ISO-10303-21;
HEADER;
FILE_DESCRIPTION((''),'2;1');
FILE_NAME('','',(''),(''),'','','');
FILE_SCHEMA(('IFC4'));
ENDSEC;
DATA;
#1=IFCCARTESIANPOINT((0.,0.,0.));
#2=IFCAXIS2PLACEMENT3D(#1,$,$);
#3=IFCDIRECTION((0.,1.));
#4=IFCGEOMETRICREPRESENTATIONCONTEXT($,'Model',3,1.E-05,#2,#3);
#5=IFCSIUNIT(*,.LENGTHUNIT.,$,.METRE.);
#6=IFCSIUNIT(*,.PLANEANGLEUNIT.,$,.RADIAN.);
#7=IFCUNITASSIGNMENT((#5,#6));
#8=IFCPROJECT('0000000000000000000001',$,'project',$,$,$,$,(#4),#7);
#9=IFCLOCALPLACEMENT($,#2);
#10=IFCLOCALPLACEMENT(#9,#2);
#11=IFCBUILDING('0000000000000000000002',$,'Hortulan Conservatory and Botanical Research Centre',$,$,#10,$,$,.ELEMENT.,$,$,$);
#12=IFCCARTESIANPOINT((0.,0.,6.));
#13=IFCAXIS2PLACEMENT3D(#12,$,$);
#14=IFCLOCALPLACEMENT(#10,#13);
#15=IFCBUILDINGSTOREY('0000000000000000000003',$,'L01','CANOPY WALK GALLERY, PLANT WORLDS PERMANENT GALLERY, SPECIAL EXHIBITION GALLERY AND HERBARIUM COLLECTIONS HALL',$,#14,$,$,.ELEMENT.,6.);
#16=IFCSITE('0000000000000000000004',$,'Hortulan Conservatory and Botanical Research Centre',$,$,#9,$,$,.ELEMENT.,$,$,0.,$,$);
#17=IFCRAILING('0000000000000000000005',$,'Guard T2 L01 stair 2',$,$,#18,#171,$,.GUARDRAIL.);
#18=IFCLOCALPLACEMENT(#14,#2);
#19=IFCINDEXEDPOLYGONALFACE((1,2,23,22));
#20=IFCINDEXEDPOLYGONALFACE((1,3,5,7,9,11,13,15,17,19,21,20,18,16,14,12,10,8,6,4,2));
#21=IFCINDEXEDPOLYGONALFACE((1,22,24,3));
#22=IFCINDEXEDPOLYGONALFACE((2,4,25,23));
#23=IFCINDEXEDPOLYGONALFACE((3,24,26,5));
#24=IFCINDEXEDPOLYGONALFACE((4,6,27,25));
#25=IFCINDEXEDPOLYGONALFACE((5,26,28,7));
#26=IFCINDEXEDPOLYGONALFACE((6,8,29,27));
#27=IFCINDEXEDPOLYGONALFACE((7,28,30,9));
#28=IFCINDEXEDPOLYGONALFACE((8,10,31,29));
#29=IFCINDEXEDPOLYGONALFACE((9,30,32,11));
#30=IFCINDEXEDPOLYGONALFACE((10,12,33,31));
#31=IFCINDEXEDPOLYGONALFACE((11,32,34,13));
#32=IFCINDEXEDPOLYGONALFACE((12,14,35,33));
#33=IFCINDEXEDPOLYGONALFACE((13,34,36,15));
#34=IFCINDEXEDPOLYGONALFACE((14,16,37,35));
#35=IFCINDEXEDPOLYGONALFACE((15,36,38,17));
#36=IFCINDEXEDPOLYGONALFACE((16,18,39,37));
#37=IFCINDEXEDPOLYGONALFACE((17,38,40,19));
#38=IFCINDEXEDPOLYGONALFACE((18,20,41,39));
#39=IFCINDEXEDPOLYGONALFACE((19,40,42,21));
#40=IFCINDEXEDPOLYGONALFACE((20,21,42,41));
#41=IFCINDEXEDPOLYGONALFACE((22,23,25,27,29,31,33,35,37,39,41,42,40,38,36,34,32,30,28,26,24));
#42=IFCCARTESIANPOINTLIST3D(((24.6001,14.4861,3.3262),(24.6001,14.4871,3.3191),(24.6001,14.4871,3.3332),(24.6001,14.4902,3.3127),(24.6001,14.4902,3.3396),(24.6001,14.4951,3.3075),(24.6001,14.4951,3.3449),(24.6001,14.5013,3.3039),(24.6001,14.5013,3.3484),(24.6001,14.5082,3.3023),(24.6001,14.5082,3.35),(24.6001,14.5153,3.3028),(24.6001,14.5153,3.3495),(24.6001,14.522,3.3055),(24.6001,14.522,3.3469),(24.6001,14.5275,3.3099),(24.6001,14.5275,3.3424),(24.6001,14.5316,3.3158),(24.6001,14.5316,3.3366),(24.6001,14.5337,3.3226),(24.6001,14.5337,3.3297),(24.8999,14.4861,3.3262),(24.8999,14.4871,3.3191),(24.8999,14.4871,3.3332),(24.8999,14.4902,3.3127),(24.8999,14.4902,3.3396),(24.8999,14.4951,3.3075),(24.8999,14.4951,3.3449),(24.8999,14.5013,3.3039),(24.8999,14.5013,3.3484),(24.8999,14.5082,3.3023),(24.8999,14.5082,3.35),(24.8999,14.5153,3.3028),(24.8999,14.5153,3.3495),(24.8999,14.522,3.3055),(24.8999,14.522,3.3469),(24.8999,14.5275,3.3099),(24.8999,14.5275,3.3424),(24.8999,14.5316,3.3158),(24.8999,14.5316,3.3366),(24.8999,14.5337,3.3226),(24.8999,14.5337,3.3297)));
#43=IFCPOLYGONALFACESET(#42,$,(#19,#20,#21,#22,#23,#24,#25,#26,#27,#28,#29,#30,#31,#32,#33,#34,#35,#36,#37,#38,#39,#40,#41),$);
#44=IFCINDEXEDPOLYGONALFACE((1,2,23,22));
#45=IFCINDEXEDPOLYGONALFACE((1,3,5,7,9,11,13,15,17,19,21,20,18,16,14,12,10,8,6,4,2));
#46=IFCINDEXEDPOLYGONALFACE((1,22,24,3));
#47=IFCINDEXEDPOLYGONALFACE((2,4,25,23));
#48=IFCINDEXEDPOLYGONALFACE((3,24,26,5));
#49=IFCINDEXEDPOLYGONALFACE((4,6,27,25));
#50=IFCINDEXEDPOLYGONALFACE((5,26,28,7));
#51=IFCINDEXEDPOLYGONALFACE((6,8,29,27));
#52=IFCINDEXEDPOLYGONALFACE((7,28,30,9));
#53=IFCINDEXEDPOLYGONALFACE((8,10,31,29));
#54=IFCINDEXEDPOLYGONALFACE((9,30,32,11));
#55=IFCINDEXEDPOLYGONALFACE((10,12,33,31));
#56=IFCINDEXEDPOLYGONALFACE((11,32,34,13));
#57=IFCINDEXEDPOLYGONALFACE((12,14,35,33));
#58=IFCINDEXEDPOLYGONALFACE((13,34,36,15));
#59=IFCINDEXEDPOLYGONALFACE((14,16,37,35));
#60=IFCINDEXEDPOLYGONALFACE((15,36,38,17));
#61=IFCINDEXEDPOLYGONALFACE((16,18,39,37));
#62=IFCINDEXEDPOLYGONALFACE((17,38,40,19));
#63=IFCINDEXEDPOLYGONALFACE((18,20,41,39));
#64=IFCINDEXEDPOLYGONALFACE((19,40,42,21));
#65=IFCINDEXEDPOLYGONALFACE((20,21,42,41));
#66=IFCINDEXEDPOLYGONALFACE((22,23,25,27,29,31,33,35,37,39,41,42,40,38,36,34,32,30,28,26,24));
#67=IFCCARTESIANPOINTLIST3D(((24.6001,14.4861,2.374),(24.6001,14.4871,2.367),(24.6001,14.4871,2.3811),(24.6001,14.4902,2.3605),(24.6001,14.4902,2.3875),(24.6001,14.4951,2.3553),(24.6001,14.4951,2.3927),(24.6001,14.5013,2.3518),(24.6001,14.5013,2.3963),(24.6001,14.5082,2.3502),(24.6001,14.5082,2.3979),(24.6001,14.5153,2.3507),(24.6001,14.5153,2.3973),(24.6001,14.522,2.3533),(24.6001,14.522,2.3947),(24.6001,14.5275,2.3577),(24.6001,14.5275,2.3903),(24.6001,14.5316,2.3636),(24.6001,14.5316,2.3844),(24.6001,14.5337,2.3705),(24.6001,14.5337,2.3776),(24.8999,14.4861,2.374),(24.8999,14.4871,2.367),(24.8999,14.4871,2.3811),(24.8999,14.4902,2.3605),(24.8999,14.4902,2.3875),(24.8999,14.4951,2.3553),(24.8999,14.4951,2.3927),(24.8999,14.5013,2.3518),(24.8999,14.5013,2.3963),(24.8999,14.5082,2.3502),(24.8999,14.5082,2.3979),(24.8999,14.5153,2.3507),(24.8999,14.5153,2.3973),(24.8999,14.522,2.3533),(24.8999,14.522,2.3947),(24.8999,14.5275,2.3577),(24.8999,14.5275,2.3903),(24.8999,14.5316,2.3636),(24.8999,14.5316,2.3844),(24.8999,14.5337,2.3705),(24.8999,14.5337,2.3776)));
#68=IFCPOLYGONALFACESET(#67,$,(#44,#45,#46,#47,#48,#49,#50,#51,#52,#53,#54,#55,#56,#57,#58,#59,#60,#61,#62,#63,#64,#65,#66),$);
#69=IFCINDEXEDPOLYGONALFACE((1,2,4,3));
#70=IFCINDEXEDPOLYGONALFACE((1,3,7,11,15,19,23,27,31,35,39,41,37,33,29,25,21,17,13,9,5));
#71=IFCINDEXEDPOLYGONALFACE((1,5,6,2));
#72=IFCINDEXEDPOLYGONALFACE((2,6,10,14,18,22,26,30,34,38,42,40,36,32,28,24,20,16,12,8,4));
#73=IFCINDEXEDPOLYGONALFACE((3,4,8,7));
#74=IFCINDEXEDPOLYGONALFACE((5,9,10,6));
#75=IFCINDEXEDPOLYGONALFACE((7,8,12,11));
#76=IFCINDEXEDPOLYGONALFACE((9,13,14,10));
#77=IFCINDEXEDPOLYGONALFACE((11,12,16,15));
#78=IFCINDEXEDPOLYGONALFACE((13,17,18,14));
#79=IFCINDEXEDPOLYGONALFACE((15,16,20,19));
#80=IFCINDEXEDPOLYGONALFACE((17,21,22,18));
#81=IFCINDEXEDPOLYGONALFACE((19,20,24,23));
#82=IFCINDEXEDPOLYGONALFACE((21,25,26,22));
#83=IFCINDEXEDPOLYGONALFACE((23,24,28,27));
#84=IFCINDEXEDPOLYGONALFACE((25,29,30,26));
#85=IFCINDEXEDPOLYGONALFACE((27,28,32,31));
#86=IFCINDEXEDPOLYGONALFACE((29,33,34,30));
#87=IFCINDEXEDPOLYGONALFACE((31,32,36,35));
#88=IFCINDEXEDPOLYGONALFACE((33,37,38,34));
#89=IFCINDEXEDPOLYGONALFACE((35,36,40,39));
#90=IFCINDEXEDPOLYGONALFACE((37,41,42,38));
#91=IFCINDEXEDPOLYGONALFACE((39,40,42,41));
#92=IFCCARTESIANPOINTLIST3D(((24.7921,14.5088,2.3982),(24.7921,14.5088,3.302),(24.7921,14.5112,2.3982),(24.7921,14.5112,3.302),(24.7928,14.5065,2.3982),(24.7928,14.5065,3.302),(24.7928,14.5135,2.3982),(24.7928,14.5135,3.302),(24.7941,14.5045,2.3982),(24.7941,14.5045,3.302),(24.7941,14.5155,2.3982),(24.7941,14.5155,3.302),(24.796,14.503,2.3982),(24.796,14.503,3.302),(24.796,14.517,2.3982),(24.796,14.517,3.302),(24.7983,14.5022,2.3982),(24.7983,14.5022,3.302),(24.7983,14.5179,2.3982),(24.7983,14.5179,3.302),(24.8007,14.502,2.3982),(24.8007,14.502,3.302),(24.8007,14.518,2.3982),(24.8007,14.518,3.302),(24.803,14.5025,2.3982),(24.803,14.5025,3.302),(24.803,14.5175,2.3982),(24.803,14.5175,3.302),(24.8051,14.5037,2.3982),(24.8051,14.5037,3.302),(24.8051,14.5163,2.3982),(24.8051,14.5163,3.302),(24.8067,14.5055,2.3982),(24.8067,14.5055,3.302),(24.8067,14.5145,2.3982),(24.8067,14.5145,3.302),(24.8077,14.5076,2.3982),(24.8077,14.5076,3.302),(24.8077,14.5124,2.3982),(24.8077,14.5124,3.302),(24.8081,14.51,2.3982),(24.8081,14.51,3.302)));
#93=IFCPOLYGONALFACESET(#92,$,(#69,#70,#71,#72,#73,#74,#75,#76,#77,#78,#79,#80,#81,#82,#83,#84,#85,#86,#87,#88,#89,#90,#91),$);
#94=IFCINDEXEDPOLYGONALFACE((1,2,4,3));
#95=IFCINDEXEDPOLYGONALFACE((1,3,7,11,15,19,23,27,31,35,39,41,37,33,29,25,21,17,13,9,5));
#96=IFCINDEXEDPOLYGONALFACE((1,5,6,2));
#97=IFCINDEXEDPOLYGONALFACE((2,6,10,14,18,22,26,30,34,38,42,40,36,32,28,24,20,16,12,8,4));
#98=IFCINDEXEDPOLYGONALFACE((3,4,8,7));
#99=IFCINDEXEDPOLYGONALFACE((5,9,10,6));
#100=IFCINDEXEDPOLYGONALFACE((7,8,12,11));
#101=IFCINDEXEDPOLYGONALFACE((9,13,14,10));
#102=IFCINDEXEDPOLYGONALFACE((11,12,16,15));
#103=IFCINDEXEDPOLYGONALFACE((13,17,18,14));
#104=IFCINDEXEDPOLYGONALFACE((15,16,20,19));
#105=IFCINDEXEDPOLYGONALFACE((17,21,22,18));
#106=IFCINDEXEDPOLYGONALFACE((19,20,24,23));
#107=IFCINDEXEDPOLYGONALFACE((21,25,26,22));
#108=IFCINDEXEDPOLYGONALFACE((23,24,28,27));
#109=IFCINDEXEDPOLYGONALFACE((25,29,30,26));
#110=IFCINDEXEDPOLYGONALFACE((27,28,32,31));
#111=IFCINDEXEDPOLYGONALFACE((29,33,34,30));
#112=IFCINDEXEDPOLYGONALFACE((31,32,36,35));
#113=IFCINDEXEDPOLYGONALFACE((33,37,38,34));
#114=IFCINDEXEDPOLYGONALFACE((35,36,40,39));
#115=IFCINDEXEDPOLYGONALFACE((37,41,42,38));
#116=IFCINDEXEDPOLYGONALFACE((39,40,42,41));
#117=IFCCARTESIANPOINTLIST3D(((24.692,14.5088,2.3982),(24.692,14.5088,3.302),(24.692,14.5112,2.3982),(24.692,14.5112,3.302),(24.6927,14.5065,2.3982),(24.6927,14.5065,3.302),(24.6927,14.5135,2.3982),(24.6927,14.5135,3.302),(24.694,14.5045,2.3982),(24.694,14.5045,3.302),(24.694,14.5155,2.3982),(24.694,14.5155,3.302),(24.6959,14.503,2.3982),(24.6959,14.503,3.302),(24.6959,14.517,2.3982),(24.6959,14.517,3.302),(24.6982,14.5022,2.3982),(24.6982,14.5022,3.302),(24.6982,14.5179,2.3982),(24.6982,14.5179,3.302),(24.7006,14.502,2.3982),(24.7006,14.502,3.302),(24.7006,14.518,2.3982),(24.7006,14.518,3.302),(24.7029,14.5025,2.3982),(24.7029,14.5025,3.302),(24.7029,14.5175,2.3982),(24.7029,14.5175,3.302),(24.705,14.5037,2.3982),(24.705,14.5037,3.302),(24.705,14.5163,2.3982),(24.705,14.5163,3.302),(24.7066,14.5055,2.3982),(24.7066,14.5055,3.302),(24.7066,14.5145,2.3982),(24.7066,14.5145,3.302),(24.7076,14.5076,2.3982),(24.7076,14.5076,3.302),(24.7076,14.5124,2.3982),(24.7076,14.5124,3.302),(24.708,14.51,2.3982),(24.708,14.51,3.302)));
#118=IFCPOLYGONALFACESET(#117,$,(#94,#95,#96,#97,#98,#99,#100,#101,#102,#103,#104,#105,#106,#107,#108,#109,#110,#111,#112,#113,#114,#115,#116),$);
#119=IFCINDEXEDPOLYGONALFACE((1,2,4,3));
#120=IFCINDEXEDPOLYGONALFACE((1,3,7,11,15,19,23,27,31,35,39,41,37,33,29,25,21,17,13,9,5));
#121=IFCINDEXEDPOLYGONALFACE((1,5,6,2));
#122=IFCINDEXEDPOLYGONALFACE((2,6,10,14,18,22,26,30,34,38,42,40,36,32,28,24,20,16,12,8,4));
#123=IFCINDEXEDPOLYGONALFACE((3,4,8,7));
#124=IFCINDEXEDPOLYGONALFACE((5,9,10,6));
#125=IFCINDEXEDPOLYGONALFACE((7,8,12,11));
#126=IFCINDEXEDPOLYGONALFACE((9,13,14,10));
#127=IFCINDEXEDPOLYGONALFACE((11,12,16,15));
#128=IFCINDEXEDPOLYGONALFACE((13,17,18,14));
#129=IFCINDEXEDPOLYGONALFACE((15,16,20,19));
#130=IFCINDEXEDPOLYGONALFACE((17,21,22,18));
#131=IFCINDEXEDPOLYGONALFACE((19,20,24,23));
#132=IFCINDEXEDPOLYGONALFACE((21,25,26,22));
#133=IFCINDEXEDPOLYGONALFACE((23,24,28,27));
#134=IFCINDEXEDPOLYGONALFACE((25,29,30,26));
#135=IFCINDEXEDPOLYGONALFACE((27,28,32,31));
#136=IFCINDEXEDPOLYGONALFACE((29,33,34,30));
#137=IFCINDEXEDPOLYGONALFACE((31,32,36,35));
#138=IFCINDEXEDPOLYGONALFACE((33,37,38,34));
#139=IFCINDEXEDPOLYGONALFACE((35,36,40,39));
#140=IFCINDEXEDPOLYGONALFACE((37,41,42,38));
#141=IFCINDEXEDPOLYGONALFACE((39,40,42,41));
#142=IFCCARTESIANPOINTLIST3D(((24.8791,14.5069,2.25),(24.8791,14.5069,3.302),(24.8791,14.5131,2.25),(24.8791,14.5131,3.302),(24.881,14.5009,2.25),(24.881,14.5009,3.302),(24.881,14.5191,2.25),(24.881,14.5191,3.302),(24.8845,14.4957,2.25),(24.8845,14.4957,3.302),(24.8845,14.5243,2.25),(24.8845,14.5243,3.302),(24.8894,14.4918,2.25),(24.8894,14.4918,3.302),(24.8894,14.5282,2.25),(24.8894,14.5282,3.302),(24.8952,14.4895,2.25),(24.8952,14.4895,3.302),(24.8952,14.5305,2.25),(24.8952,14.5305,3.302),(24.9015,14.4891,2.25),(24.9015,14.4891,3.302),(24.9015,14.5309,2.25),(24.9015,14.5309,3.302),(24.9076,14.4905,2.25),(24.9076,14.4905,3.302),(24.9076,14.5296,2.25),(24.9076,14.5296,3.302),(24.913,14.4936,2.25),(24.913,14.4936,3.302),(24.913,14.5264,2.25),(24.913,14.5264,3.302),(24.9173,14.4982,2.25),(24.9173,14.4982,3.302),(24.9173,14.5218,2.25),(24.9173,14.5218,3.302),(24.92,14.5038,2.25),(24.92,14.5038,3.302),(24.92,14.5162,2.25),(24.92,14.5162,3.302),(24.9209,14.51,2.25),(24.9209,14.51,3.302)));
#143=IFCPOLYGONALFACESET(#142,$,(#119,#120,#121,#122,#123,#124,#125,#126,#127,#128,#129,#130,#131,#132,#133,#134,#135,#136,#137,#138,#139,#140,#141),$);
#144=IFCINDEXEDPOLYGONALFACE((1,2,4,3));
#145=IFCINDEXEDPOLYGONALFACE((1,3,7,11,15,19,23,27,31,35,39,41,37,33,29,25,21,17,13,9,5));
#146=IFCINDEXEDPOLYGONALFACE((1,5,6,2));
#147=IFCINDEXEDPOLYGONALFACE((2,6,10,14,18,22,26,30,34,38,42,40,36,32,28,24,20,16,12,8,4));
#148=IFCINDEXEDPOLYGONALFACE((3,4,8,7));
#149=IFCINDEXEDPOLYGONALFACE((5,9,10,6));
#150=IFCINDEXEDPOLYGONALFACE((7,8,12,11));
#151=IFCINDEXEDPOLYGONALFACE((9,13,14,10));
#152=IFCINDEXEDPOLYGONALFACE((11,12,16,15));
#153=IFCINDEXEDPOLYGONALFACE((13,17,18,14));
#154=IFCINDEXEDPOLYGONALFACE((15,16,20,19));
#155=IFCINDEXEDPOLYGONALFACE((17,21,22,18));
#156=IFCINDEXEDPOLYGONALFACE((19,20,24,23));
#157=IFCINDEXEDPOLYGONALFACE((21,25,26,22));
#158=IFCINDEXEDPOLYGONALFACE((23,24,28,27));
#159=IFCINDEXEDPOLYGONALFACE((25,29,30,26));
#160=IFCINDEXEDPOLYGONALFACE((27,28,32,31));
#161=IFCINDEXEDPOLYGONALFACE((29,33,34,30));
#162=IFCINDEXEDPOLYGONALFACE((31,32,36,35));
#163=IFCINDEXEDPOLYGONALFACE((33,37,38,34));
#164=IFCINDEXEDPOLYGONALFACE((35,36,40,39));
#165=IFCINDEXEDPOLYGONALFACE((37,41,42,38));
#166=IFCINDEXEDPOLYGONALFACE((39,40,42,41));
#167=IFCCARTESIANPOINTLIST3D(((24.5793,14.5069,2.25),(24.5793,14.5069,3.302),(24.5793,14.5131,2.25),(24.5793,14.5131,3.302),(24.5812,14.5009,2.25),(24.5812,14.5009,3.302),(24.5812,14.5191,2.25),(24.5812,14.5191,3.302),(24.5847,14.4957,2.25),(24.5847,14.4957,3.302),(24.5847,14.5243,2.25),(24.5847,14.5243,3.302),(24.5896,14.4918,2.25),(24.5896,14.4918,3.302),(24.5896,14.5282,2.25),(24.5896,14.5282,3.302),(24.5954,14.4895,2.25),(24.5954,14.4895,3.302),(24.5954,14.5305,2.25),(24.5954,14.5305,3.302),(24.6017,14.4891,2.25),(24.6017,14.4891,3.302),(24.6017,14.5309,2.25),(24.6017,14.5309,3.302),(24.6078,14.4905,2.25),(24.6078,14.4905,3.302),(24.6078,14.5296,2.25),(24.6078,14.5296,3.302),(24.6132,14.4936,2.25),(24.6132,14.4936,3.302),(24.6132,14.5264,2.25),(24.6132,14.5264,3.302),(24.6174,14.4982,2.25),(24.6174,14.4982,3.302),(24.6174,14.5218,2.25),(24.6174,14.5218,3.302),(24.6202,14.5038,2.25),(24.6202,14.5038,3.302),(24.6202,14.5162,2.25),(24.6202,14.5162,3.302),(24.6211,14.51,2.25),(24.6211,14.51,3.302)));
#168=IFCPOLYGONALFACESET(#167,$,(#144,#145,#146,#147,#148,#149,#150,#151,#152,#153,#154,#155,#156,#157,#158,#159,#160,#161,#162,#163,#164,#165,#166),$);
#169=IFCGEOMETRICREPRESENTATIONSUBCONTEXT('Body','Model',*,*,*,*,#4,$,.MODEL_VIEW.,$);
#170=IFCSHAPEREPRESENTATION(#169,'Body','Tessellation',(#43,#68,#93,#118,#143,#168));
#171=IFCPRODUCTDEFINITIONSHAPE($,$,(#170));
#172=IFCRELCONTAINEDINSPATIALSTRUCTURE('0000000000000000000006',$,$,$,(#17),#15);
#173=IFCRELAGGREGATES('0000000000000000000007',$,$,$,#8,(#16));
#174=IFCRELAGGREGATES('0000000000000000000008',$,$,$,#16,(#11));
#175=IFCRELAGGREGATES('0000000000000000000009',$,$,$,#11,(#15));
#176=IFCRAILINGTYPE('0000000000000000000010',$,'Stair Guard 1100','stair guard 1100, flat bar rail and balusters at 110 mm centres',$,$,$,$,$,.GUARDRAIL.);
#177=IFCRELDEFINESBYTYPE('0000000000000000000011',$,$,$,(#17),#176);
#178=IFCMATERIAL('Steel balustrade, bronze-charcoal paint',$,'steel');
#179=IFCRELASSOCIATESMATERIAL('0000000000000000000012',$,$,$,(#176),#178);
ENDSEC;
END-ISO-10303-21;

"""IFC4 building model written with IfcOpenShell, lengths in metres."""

from ifc_helpers import new_model, si_unit, direction, frame, origin, origin_2d, place, context, subcontext, project, spatial, circle, extrude, material, type_object, element, save


model = new_model("IFC4")

# Units and contexts
model_context = context("Model", 3, precision=1e-05, world=origin(), true_north=direction((0.0, 1.0)))
body_context = subcontext(model_context, "Body", "Model", "MODEL_VIEW")
ifc_project = project(units=[si_unit("LENGTHUNIT", "METRE"), si_unit("PLANEANGLEUNIT", "RADIAN")], contexts=[model_context])

# Site, building, storey
site_placement = place(None, origin())
site = spatial("IfcSite", under=ifc_project, at=site_placement, Name="Hortulan Conservatory and Botanical Research Centre", CompositionType="ELEMENT", RefElevation=0.0)
building_placement = place(site_placement, origin())
building = spatial("IfcBuilding", under=site, at=building_placement, Name="Hortulan Conservatory and Botanical Research Centre", CompositionType="ELEMENT")
storey_placement = place(building_placement, frame((0.0, 0.0, 6.0)))
storey = spatial("IfcBuildingStorey", under=building, at=storey_placement, Name="L01", Description="CANOPY WALK GALLERY, PLANT WORLDS PERMANENT GALLERY, SPECIAL EXHIBITION GALLERY AND HERBARIUM COLLECTIONS HALL", CompositionType="ELEMENT", Elevation=6.0)

# Railing
ifc_material_1 = material(Name="Steel balustrade, bronze-charcoal paint", Category="steel")
railing_type_1 = type_object("IfcRailingType", Name="Stair Guard 1100", Description="stair guard 1100, flat bar rail and balusters at 110 mm centres", PredefinedType="GUARDRAIL", material=ifc_material_1)
railing_1_placement = place(storey_placement, frame((24.8999, 14.51, 2.25)))
element("IfcRailing", 1, at=railing_1_placement, inside=storey, type_object=railing_type_1, Name="Guard T2 L01 stair 2", PredefinedType="GUARDRAIL", context=body_context, shape_type="SweptSolid", body=[
    extrude(circle(Radius=0.0239, at=origin_2d()), frame((0.0, 0.0, 1.0762), z_axis=(-1.0, 0.0, 0.0), x_axis=(0.0, -1.0, 0.0)), (0.0, 0.0, 1.0), 0.2998),
    extrude(circle(Radius=0.0239, at=origin_2d()), frame((0.0, 0.0, 0.124), z_axis=(-1.0, 0.0, 0.0), x_axis=(0.0, -1.0, 0.0)), (0.0, 0.0, 1.0), 0.2998),
    extrude(circle(Radius=0.0081, at=origin_2d()), frame((-0.0999, 0.0, 0.1482)), (0.0, 0.0, 1.0), 0.9038),
    extrude(circle(Radius=0.0081, at=origin_2d()), frame((-0.2, 0.0, 0.1482)), (0.0, 0.0, 1.0), 0.9038),
    extrude(circle(Radius=0.021, at=origin_2d()), origin(), (0.0, 0.0, 1.0), 1.052),
    extrude(circle(Radius=0.021, at=origin_2d()), frame((-0.2998, 0.0, 0.0)), (0.0, 0.0, 1.0), 1.052),
])

save(model, "model.ifc")
